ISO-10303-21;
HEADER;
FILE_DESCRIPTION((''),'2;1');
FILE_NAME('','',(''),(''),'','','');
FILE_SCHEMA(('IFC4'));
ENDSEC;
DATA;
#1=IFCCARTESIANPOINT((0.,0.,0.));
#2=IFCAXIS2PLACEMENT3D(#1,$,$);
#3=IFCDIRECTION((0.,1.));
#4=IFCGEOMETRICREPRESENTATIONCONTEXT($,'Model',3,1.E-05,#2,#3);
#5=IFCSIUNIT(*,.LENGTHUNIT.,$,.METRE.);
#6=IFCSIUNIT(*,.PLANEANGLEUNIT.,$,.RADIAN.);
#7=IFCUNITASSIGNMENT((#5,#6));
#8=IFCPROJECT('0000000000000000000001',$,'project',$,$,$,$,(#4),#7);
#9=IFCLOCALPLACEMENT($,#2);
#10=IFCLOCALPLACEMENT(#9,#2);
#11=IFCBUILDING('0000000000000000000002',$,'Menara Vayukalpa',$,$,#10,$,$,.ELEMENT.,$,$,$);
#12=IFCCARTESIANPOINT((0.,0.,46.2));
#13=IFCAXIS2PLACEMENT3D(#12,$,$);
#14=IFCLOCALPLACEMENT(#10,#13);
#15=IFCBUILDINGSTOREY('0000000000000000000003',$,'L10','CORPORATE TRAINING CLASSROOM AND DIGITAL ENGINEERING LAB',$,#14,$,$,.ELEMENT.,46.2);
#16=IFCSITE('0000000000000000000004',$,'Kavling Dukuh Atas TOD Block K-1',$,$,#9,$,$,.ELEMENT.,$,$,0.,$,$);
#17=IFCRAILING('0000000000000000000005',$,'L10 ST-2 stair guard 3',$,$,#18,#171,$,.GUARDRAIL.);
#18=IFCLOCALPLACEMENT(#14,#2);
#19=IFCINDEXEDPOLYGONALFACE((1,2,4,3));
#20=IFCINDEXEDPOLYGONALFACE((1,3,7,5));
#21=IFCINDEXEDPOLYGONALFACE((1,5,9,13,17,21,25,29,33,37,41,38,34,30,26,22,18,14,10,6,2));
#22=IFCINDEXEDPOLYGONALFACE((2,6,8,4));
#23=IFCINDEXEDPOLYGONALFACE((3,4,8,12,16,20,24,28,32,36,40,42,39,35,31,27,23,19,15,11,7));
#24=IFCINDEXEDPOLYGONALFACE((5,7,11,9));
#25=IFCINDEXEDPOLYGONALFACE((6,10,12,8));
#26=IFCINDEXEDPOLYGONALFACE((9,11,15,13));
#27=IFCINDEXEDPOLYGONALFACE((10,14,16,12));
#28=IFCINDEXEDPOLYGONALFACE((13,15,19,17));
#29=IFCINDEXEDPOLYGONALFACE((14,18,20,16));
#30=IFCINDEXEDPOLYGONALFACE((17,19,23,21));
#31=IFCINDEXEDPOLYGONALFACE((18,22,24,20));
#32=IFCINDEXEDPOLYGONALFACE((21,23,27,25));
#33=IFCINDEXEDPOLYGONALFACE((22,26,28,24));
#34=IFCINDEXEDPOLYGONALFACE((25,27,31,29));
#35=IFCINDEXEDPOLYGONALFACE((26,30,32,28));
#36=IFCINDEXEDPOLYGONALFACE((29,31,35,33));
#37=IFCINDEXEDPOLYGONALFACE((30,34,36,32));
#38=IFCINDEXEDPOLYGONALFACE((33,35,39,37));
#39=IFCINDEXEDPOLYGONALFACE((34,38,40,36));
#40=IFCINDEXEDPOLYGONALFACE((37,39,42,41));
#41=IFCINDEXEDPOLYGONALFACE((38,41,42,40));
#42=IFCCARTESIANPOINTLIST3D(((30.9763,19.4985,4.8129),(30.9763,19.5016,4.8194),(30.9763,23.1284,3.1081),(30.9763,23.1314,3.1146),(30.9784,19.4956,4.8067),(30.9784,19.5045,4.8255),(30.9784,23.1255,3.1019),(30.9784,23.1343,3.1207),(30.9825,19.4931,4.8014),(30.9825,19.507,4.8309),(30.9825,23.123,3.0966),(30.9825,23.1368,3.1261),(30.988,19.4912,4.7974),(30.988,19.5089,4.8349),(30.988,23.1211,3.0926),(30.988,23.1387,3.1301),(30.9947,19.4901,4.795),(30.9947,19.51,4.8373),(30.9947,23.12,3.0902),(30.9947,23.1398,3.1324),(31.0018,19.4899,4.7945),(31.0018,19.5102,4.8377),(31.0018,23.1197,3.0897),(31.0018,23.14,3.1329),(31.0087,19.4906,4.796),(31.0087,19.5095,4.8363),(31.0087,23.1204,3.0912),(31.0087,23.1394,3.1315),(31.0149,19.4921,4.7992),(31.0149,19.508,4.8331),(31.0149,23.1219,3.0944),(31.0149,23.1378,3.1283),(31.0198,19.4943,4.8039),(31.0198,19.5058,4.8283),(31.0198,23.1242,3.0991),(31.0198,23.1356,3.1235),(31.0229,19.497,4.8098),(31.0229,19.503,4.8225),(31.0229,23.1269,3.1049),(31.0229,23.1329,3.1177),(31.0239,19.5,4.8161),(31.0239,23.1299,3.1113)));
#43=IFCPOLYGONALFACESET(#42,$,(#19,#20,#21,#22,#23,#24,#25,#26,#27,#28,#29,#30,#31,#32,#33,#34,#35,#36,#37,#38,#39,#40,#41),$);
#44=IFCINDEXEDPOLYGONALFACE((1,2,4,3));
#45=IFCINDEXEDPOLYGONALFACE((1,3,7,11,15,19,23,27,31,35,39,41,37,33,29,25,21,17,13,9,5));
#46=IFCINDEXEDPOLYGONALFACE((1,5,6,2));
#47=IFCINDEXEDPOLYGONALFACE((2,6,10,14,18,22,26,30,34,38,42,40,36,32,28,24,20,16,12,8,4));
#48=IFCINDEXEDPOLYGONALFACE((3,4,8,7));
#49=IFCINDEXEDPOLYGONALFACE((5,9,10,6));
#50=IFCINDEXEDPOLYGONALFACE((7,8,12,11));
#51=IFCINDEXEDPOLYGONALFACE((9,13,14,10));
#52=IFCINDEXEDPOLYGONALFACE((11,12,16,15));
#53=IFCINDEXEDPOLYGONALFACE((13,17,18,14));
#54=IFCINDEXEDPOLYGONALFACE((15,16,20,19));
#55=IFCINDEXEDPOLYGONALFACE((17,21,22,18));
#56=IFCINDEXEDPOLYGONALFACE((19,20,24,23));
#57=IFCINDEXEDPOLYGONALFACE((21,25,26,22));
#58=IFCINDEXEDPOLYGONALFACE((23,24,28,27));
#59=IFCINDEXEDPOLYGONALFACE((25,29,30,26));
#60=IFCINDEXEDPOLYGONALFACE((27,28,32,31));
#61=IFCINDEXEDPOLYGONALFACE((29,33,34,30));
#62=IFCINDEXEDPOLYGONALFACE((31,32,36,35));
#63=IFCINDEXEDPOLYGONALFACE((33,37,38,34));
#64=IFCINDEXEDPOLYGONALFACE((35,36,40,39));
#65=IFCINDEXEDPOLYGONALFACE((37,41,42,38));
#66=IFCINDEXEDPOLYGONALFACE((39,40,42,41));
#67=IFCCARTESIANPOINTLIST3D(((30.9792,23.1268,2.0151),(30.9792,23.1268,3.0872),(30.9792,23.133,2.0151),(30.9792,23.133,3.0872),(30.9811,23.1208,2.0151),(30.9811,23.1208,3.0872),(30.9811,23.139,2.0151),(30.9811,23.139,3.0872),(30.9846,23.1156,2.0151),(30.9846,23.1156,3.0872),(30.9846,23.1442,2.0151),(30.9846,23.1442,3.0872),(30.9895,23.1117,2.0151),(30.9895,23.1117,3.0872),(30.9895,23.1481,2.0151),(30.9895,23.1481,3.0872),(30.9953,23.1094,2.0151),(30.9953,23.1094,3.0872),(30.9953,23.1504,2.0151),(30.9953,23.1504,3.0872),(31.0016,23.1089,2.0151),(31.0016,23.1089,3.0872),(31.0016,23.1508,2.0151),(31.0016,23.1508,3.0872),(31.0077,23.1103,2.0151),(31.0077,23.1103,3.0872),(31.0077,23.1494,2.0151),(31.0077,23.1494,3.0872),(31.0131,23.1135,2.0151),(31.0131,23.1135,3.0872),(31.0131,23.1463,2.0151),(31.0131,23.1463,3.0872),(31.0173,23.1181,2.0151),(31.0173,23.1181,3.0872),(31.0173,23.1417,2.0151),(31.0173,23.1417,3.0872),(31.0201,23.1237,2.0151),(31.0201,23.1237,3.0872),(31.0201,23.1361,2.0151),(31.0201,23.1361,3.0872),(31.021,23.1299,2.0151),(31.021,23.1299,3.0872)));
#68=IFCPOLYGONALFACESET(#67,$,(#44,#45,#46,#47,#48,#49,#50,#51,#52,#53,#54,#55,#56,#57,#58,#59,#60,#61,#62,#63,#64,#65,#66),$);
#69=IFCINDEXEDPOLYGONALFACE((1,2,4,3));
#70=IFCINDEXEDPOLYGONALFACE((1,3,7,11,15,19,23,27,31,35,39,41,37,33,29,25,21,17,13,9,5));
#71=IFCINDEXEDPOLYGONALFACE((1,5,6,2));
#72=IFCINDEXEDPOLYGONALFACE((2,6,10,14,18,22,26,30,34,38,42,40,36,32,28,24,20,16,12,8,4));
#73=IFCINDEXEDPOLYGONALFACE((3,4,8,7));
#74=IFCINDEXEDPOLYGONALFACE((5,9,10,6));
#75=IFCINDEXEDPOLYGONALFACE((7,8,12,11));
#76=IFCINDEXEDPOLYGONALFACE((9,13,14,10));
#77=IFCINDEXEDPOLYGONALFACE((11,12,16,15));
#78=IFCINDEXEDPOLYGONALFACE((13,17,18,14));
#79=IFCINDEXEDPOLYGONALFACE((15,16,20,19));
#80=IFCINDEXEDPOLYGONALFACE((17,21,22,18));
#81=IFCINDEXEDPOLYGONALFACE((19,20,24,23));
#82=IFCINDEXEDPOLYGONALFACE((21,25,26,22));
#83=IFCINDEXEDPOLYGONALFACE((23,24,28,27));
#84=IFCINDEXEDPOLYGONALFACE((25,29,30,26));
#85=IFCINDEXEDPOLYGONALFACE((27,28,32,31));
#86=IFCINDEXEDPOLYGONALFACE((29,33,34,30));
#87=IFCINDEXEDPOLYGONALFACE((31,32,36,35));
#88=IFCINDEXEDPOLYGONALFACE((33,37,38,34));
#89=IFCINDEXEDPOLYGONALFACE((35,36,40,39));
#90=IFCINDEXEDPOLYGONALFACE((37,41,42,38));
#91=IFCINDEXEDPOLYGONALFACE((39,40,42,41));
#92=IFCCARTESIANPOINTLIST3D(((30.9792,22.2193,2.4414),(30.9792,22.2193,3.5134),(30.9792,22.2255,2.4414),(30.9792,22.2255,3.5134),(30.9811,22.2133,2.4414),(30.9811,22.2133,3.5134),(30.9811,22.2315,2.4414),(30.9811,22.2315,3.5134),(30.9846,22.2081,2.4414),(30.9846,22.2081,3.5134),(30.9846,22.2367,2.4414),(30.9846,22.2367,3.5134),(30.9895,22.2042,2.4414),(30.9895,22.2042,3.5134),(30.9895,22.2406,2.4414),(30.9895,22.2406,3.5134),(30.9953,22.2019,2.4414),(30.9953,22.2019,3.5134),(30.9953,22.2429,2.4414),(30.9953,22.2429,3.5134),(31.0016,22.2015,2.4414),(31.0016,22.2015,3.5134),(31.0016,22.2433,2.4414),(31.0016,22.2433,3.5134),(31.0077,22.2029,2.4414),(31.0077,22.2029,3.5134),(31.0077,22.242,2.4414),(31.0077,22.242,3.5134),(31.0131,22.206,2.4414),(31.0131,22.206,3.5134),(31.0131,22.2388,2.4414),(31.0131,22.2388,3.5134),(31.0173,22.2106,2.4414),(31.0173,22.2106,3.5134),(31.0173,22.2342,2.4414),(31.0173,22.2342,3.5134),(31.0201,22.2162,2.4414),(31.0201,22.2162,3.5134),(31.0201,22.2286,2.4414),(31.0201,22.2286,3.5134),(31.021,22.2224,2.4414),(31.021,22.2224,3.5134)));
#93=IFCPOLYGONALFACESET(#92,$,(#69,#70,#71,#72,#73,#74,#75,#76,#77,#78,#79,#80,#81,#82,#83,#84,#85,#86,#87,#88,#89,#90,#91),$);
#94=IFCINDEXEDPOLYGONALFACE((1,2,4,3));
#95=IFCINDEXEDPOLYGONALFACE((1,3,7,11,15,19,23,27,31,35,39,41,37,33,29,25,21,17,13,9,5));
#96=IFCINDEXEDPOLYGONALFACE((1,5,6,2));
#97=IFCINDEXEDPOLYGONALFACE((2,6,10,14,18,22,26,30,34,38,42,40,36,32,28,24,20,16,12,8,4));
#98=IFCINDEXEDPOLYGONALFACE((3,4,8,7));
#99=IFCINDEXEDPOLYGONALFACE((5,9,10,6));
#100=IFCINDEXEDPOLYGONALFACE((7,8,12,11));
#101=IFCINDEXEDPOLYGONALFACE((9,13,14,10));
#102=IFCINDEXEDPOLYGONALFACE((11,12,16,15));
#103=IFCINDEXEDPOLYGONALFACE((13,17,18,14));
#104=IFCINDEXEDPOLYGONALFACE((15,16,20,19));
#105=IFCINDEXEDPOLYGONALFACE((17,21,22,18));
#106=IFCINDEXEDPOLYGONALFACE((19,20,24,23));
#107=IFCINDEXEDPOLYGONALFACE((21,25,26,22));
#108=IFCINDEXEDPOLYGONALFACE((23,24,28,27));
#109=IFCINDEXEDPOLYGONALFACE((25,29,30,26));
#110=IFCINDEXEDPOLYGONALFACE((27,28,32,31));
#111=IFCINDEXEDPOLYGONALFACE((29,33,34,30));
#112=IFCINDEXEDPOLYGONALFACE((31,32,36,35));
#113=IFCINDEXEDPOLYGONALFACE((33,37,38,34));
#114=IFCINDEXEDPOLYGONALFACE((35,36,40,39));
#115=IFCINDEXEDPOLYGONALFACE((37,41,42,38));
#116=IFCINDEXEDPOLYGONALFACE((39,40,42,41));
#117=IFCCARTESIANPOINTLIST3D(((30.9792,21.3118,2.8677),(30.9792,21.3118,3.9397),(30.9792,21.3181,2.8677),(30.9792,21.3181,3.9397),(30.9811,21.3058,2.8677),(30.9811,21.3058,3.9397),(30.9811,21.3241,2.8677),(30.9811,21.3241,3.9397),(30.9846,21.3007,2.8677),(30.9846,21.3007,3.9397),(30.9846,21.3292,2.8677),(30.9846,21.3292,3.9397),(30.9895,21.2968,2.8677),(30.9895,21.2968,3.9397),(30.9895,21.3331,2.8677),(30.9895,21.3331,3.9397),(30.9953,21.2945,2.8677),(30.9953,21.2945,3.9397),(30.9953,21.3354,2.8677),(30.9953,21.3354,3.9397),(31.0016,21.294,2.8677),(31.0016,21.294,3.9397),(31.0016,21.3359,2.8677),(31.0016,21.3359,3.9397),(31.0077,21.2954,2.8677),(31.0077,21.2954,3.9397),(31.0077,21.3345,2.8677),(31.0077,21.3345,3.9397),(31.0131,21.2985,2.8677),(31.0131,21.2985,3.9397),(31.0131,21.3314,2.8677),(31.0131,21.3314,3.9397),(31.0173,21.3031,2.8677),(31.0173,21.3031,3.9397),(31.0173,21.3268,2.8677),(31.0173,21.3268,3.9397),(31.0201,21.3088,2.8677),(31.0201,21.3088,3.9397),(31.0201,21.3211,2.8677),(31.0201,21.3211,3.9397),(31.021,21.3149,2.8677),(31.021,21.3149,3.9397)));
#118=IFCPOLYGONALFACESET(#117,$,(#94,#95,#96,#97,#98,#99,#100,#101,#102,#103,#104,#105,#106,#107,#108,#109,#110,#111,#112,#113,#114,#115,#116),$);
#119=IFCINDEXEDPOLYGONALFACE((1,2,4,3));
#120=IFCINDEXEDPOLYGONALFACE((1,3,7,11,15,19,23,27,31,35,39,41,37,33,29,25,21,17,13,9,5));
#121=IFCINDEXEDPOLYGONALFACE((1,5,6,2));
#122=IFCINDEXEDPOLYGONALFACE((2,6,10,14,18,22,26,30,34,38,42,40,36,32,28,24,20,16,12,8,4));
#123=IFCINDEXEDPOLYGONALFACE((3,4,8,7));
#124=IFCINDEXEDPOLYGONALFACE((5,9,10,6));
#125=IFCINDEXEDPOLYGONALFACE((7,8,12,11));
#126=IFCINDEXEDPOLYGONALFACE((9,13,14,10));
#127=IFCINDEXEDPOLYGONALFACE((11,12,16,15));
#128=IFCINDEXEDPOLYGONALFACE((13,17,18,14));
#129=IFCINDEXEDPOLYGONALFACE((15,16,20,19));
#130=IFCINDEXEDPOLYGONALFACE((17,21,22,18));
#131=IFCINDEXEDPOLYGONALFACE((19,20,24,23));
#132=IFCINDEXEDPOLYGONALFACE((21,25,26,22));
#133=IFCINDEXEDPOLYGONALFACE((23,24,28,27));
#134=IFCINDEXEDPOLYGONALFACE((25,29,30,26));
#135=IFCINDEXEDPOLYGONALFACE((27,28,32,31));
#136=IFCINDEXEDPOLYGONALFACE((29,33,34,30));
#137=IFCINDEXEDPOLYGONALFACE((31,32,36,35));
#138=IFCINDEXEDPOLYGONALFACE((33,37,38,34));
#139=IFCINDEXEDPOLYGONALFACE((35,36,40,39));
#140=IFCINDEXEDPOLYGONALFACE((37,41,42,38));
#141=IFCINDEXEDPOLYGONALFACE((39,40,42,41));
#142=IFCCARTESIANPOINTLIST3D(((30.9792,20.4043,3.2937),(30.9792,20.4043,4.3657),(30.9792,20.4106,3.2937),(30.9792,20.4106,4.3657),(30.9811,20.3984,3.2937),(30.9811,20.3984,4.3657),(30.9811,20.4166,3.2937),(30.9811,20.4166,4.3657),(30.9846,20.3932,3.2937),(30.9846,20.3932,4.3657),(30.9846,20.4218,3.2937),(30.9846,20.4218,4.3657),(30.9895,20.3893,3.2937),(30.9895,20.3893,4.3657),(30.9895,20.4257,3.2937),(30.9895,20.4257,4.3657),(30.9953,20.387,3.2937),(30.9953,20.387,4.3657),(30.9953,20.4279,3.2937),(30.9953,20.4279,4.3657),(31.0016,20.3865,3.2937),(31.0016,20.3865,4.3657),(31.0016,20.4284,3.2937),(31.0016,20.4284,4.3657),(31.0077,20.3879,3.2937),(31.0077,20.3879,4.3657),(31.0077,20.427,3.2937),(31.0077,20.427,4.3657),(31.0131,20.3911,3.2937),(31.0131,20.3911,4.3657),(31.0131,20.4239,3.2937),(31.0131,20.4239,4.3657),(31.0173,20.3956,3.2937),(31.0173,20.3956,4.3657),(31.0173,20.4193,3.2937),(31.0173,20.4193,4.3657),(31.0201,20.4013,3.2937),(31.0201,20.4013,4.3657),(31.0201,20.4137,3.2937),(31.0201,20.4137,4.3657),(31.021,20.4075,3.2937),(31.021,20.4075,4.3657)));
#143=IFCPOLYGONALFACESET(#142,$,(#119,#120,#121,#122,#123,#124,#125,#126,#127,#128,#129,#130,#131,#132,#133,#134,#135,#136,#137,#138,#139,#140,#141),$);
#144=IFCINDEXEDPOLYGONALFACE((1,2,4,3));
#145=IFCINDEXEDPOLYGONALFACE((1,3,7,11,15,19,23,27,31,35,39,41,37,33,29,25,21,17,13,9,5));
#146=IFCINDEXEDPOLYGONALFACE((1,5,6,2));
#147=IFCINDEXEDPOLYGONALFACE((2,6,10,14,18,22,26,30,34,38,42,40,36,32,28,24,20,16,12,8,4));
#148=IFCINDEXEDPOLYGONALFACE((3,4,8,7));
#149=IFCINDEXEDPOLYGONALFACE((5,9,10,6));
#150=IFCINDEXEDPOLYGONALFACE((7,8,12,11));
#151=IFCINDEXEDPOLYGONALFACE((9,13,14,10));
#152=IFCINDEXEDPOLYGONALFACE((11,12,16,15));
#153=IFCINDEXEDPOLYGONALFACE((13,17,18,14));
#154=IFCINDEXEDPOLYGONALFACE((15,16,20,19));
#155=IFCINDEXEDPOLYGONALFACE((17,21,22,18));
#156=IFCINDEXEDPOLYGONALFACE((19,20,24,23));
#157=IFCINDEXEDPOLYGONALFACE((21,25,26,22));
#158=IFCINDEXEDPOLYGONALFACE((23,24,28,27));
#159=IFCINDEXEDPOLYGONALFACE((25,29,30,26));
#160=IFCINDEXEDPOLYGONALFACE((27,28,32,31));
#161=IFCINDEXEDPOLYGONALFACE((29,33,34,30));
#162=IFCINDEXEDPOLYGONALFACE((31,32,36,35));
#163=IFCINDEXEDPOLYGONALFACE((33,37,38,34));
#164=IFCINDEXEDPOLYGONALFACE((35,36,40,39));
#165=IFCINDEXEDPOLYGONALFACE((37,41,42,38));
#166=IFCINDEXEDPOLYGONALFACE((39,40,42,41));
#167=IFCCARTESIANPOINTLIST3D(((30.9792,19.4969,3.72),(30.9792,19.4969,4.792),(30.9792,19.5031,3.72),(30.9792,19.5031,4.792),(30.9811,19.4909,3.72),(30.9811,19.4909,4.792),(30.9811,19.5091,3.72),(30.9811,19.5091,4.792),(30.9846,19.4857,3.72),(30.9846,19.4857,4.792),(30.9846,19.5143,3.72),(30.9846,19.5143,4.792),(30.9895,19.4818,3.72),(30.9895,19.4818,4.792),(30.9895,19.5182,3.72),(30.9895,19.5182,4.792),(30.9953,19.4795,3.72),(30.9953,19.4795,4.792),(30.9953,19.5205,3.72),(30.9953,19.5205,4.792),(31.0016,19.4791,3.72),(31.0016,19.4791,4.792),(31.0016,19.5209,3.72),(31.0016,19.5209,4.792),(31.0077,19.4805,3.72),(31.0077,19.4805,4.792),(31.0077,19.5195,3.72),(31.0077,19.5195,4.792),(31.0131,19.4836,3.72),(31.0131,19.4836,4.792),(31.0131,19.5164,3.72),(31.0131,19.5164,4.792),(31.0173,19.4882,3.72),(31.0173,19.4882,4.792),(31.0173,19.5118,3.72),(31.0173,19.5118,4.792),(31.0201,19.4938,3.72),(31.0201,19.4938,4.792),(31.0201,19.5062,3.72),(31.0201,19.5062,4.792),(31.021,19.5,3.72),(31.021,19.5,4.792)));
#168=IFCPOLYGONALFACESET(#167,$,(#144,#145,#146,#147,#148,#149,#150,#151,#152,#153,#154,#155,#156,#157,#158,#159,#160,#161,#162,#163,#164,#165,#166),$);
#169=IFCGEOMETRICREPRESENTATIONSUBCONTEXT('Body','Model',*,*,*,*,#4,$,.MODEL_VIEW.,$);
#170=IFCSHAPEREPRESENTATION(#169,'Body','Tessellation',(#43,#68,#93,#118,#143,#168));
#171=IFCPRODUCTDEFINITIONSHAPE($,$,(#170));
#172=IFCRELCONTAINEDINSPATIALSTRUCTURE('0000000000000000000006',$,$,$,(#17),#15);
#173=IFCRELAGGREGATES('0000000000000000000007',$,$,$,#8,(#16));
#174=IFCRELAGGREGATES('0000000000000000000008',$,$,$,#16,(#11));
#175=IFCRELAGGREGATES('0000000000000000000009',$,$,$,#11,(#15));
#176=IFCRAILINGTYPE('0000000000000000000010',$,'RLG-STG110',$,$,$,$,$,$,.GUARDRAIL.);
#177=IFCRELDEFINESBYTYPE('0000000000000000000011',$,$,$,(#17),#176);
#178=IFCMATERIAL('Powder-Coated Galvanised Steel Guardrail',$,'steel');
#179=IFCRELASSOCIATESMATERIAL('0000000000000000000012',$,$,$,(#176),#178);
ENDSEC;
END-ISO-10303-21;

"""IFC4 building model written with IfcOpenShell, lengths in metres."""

from ifc_helpers import new_model, si_unit, direction, frame, origin, origin_2d, place, context, subcontext, project, spatial, circle, extrude, material, type_object, element, save


model = new_model("IFC4")

# Units and contexts
model_context = context("Model", 3, precision=1e-05, world=origin(), true_north=direction((0.0, 1.0)))
body_context = subcontext(model_context, "Body", "Model", "MODEL_VIEW")
ifc_project = project(units=[si_unit("LENGTHUNIT", "METRE"), si_unit("PLANEANGLEUNIT", "RADIAN")], contexts=[model_context])

# Site, building, storey
site_placement = place(None, origin())
site = spatial("IfcSite", under=ifc_project, at=site_placement, Name="Kavling Dukuh Atas TOD Block K-1", CompositionType="ELEMENT", RefElevation=0.0)
building_placement = place(site_placement, origin())
building = spatial("IfcBuilding", under=site, at=building_placement, Name="Menara Vayukalpa", CompositionType="ELEMENT")
storey_placement = place(building_placement, frame((0.0, 0.0, 46.2)))
storey = spatial("IfcBuildingStorey", under=building, at=storey_placement, Name="L10", Description="CORPORATE TRAINING CLASSROOM AND DIGITAL ENGINEERING LAB", CompositionType="ELEMENT", Elevation=46.2)

# Railing
ifc_material_1 = material(Name="Powder-Coated Galvanised Steel Guardrail", Category="steel")
railing_type_1 = type_object("IfcRailingType", Name="RLG-STG110", PredefinedType="GUARDRAIL", material=ifc_material_1)
railing_1_placement = place(storey_placement, frame((31.0, 23.1299, 2.0151)))
element("IfcRailing", 1, at=railing_1_placement, inside=storey, type_object=railing_type_1, Name="L10 ST-2 stair guard 3", PredefinedType="GUARDRAIL", context=body_context, shape_type="SweptSolid", body=[
    extrude(circle(Radius=0.0239, at=origin_2d()), frame((0.0, 0.0, 1.0962), z_axis=(0.0, -0.90514, 0.425114), x_axis=(1.0, 0.0, 0.0)), (0.0, 0.0, 1.0), 4.0103),
    extrude(circle(Radius=0.021, at=origin_2d()), origin(), (0.0, 0.0, 1.0), 1.072),
    extrude(circle(Radius=0.021, at=origin_2d()), frame((0.0, -0.9075, 0.4263)), (0.0, 0.0, 1.0), 1.072),
    extrude(circle(Radius=0.021, at=origin_2d()), frame((0.0, -1.8149, 0.8525)), (0.0, 0.0, 1.0), 1.072),
    extrude(circle(Radius=0.021, at=origin_2d()), frame((0.0, -2.7224, 1.2786)), (0.0, 0.0, 1.0), 1.072),
    extrude(circle(Radius=0.021, at=origin_2d()), frame((0.0, -3.6299, 1.7048)), (0.0, 0.0, 1.0), 1.072),
])

save(model, "model.ifc")
